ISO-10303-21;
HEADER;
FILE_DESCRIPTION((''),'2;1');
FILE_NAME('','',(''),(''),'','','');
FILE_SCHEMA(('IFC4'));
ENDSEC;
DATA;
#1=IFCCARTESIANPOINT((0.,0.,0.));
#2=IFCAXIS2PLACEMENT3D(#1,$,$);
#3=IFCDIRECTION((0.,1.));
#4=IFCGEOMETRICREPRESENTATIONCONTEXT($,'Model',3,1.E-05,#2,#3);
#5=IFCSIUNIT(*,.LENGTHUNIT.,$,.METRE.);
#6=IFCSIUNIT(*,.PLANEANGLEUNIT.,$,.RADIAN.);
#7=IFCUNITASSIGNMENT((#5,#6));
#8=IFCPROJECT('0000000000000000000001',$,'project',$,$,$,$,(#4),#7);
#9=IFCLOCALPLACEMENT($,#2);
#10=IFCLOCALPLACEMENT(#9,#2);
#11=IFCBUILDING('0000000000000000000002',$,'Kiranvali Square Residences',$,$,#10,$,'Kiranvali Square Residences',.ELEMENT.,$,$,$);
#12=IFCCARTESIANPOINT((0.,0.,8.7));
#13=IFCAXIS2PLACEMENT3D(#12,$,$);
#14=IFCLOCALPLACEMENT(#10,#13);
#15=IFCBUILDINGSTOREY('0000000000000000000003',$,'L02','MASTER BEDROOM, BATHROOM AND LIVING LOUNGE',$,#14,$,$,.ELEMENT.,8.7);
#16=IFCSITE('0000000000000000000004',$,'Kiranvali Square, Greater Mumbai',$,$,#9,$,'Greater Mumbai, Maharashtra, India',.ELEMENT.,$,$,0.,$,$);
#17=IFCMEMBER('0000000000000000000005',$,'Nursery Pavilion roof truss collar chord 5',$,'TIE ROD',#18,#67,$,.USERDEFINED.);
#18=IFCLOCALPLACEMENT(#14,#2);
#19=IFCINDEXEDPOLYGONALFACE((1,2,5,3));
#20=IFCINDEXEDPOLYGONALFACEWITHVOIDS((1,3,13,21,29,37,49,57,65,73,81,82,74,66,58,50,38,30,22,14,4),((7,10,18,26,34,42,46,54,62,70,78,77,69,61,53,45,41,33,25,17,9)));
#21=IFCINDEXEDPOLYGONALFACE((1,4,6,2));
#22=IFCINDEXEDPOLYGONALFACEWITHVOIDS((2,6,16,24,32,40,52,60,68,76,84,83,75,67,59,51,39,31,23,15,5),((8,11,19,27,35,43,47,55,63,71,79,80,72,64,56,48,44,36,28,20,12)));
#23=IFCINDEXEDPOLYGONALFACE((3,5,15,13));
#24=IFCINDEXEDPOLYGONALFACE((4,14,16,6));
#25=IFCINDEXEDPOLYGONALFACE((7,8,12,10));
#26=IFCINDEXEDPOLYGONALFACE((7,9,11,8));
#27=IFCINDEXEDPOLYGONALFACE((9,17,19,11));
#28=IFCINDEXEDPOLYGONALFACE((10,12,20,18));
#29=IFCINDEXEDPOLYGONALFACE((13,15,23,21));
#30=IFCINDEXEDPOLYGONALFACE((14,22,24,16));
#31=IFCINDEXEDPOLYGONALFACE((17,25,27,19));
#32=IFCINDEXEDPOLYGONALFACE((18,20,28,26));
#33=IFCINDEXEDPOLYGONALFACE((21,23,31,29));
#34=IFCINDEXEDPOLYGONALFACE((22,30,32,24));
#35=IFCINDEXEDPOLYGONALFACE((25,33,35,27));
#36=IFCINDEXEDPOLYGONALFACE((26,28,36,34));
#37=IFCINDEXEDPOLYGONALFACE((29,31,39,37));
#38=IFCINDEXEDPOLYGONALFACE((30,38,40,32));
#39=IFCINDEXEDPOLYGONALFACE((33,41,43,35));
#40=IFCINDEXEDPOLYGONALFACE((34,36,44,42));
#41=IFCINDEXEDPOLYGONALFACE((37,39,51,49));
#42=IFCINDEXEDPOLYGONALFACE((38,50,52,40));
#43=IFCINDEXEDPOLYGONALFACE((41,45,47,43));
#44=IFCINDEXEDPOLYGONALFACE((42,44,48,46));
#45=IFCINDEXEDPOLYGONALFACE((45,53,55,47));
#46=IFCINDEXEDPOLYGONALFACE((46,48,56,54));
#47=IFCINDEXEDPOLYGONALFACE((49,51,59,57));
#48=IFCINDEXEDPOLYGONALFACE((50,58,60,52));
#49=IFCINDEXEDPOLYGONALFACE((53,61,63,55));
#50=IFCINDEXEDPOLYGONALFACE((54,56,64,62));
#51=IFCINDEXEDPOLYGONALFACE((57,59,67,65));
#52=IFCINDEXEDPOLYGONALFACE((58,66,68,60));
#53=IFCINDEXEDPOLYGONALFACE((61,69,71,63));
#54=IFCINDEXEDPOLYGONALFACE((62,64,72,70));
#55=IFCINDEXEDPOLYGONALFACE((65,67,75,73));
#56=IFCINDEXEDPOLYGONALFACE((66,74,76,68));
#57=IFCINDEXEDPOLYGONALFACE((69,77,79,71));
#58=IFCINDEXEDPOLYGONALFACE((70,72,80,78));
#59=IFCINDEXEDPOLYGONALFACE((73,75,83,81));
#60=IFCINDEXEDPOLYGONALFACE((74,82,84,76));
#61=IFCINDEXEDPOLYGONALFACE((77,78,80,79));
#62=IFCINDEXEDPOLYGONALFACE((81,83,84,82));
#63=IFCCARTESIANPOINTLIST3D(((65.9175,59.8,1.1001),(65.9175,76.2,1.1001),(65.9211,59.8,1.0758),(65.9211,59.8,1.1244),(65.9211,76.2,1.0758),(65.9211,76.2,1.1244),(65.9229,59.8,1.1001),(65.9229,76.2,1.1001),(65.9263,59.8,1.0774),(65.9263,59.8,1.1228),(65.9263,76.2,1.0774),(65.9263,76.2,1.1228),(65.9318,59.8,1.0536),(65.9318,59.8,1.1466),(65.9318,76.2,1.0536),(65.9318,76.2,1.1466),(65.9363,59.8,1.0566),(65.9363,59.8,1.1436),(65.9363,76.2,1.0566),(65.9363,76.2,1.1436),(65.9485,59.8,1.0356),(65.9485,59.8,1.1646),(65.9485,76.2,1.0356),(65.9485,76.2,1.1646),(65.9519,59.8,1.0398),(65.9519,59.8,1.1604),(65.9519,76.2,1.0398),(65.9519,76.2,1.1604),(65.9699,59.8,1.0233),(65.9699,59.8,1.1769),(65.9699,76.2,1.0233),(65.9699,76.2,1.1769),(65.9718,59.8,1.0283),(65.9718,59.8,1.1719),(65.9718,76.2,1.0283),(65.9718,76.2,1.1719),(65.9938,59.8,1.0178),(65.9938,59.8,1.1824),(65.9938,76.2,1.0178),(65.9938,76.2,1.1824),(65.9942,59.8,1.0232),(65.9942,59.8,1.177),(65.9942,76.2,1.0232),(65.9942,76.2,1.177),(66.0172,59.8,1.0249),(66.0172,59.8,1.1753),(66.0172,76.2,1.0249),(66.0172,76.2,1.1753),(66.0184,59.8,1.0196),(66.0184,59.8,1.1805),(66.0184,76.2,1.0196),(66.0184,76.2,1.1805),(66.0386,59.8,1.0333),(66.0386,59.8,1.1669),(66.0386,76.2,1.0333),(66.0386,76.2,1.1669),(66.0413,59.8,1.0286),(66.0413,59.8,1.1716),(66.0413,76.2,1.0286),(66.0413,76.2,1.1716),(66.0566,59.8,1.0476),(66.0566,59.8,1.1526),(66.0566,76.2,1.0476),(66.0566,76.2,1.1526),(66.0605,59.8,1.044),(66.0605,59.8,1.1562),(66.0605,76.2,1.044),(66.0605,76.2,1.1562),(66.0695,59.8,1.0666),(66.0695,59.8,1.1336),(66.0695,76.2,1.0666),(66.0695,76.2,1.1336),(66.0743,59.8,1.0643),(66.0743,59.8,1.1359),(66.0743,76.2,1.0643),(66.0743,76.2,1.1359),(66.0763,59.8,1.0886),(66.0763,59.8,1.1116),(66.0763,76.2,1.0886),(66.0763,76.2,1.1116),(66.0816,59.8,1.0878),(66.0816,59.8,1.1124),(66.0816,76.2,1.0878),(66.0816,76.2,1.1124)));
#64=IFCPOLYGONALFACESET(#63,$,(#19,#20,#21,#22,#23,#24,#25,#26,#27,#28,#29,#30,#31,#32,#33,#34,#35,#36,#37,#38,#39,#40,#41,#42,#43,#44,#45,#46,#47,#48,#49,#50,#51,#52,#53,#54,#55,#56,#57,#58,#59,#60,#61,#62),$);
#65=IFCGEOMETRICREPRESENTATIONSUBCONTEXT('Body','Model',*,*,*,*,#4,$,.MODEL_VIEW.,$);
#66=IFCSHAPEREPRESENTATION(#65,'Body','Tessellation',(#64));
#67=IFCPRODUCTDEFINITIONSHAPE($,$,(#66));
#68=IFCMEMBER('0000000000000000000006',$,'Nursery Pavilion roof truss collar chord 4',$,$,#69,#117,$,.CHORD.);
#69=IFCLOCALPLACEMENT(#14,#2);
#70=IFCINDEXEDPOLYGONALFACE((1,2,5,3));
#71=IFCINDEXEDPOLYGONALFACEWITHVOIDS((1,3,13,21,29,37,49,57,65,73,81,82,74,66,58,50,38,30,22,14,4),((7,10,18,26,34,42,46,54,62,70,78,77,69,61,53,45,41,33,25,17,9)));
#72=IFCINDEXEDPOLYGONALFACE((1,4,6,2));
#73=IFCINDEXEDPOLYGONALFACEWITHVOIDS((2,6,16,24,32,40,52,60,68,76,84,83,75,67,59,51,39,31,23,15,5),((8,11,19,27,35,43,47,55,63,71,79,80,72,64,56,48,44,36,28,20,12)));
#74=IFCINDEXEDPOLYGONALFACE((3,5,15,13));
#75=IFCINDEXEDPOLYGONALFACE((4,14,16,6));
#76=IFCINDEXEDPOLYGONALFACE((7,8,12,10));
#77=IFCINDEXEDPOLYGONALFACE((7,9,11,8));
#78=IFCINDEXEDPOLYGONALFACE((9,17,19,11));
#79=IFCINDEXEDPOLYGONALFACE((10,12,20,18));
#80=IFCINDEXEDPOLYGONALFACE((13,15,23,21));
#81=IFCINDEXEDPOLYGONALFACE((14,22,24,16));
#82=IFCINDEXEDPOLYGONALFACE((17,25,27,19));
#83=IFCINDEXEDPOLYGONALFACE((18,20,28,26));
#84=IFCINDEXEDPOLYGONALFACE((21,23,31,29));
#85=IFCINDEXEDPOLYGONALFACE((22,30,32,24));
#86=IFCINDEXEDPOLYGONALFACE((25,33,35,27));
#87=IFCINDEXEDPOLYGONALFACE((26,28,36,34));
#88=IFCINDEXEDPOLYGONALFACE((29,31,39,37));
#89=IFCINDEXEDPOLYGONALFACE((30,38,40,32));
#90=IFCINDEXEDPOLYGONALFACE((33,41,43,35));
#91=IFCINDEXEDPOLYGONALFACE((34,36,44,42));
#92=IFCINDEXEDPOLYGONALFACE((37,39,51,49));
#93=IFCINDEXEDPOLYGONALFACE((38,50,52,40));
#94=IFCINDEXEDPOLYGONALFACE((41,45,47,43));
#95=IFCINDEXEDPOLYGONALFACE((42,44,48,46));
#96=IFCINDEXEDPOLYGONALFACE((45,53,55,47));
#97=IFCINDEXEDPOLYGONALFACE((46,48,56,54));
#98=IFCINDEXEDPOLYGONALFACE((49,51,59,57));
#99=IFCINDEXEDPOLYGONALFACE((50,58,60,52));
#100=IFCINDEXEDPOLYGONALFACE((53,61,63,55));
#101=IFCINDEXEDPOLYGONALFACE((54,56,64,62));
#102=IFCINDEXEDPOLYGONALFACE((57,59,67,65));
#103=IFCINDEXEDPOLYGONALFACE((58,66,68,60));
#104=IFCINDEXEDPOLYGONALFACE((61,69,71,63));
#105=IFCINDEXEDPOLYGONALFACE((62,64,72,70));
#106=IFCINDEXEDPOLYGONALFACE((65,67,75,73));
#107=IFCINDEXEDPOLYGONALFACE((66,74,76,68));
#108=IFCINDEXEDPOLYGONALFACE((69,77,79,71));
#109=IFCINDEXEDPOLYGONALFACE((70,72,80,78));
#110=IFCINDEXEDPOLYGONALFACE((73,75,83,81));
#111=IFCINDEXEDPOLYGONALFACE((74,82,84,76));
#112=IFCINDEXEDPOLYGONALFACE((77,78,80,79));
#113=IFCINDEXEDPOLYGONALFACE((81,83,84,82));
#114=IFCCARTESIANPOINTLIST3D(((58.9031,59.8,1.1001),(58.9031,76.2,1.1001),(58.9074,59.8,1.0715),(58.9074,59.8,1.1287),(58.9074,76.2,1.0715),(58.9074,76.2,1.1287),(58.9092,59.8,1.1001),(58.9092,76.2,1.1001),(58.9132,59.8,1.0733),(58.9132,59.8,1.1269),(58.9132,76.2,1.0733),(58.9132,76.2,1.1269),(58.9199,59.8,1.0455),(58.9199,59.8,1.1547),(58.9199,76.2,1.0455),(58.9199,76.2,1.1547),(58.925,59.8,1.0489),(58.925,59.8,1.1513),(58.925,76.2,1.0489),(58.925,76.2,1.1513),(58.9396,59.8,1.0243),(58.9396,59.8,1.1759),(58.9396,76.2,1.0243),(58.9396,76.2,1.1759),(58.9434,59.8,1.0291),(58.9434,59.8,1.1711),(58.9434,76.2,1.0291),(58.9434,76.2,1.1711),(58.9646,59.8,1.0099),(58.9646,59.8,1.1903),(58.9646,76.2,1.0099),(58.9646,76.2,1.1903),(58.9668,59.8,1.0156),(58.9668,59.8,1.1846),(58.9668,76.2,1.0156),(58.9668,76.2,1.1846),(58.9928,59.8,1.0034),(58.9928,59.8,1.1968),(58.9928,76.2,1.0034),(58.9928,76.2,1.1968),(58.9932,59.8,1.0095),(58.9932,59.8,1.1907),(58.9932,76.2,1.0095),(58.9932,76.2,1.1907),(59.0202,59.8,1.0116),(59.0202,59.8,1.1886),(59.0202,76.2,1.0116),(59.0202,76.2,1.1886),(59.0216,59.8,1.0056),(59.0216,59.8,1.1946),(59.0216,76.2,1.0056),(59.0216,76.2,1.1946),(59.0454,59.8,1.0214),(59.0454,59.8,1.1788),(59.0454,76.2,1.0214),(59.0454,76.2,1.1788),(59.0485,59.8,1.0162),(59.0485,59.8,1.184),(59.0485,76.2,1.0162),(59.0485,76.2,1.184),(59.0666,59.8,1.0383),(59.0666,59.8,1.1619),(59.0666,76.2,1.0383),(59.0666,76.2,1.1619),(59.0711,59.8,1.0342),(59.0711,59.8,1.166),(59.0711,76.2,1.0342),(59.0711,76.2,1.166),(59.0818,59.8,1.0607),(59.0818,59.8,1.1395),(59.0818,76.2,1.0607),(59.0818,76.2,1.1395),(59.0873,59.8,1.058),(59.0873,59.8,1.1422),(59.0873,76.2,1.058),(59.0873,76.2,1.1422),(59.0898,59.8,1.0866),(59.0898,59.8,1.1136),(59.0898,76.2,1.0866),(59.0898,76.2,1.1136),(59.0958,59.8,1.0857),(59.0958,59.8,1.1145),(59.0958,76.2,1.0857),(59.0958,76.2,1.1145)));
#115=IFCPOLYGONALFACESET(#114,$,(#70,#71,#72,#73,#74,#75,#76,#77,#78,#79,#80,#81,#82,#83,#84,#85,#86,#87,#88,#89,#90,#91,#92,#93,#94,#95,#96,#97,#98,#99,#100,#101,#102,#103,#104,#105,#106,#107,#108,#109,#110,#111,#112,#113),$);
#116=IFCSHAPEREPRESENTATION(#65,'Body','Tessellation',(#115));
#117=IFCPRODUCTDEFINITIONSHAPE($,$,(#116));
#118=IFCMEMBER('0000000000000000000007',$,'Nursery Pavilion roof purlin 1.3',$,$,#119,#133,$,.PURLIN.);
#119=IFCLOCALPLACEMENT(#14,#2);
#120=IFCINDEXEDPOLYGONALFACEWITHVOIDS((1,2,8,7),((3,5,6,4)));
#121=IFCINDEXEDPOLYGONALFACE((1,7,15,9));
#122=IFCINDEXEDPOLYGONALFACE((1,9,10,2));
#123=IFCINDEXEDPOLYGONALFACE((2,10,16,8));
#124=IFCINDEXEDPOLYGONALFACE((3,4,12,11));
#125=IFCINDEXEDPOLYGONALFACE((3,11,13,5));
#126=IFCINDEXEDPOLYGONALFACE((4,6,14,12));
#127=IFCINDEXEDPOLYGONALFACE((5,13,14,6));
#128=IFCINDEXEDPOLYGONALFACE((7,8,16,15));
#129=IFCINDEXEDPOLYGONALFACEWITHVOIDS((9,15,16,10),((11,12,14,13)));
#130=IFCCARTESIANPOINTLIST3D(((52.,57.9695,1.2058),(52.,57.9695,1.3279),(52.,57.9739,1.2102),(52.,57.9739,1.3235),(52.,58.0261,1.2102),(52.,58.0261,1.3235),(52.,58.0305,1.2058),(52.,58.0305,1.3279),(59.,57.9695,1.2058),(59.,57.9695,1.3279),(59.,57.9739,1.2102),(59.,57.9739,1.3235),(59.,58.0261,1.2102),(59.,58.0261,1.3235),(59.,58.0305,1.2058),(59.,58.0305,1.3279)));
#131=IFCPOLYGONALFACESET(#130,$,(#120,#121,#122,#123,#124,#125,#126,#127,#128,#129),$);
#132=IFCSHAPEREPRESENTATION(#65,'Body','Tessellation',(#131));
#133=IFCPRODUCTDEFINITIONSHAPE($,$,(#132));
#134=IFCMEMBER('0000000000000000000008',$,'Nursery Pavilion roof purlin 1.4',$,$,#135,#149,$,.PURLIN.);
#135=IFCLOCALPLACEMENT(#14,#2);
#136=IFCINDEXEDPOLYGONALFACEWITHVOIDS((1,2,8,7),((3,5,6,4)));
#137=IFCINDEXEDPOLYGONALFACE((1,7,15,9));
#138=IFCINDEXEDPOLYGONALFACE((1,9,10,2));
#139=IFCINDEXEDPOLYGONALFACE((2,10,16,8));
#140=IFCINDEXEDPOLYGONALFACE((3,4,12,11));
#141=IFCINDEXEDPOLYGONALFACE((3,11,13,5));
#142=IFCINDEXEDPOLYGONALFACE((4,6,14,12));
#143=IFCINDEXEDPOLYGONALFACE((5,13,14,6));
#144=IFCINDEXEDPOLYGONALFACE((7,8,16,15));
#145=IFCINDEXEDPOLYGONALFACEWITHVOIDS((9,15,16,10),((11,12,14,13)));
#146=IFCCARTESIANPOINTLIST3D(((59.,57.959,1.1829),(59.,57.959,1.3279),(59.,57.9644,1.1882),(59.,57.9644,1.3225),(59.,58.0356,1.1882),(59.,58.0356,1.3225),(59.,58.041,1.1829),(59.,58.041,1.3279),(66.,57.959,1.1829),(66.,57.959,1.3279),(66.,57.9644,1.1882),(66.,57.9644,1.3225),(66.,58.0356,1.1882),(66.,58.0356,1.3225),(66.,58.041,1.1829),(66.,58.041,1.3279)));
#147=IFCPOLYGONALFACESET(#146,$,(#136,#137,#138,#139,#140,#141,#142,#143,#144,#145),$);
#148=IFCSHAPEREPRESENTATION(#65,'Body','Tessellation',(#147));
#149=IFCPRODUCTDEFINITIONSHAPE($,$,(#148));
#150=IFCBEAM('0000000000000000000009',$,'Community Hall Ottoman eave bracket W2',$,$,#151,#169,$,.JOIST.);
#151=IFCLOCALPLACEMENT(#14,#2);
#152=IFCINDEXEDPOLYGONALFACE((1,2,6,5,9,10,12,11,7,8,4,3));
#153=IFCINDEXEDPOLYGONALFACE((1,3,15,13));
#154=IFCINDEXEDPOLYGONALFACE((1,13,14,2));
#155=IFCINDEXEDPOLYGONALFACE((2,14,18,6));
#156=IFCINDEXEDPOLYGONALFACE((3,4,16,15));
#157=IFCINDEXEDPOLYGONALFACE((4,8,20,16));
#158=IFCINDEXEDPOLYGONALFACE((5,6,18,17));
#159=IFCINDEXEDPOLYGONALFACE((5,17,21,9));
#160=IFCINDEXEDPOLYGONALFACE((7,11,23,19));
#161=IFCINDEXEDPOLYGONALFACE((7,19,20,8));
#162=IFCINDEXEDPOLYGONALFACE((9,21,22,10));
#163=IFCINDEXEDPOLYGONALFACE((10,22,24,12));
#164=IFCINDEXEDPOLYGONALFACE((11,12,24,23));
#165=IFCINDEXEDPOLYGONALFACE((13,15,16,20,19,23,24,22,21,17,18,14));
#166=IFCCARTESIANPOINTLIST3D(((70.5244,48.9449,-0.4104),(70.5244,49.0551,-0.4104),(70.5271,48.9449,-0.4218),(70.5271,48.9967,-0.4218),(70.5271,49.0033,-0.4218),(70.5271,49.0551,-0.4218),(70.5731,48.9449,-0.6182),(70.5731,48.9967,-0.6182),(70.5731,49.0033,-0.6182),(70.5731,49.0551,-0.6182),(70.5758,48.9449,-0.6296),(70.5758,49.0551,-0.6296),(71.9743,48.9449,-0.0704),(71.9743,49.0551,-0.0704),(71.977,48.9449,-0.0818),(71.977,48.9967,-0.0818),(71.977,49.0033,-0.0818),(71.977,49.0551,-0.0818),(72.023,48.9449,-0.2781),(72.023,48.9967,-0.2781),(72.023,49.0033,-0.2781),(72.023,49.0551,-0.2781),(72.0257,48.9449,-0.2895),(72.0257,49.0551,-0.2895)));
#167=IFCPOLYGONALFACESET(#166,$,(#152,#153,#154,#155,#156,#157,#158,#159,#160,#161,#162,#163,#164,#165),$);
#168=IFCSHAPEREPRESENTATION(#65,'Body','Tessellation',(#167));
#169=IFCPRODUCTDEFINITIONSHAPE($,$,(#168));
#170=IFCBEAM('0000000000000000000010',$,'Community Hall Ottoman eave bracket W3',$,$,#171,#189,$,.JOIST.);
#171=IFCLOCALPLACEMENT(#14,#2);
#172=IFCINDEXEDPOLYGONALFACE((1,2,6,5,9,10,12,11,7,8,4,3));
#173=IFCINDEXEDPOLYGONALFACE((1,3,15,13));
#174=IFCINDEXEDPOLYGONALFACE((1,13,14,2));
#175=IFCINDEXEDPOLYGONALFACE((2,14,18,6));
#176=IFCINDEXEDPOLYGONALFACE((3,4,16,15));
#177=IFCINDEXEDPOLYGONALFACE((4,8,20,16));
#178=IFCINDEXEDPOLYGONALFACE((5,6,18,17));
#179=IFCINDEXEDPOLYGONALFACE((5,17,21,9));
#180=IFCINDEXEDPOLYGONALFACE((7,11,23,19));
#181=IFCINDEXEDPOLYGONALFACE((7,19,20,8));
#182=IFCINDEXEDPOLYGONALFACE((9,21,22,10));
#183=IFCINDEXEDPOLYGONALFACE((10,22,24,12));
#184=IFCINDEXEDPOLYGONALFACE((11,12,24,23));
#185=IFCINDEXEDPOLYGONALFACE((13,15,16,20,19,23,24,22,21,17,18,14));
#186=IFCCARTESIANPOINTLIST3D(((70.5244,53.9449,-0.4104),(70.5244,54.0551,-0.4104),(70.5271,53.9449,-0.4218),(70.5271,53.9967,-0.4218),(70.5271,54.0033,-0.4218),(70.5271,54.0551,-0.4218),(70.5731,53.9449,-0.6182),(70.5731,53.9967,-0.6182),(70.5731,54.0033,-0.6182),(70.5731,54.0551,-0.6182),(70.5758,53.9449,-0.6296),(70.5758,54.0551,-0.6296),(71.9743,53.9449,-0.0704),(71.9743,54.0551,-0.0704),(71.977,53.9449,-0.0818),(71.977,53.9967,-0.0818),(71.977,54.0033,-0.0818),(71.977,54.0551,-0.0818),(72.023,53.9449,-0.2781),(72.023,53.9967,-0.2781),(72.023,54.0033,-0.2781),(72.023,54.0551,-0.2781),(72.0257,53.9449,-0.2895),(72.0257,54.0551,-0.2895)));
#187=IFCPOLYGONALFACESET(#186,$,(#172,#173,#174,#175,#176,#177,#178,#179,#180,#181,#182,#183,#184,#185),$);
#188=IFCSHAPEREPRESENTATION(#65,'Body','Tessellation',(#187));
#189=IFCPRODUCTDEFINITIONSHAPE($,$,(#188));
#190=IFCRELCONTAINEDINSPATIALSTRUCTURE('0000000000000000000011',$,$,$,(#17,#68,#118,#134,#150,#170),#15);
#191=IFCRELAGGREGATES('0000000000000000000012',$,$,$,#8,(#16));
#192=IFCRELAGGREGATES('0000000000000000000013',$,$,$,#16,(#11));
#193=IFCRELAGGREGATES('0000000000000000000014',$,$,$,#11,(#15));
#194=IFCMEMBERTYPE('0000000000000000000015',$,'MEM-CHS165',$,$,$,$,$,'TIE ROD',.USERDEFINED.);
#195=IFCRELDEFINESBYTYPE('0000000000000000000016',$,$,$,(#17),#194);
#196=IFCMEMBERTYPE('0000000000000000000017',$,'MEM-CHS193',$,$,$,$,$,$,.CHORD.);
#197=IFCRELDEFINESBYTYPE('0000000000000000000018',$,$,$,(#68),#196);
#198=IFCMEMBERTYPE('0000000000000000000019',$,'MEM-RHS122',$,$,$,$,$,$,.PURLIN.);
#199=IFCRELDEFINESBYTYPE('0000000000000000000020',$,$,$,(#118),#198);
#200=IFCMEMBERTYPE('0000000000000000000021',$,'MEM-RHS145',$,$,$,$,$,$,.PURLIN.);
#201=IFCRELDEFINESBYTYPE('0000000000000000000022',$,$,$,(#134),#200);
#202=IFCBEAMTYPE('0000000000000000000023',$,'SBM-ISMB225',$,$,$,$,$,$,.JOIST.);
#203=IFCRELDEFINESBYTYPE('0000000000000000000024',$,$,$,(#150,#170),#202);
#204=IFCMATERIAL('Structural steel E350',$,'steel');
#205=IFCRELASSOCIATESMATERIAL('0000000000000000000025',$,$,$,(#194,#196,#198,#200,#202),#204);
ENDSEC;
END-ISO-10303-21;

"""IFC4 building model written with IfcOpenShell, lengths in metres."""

from ifc_helpers import new_model, si_unit, direction, frame, origin, origin_2d, place, context, subcontext, project, spatial, hollow_rectangle, hollow_circle, i_section, extrude, material, material_profile, profile_set, type_object, element, save


model = new_model("IFC4")

# Units and contexts
model_context = context("Model", 3, precision=1e-05, world=origin(), true_north=direction((0.0, 1.0)))
body_context = subcontext(model_context, "Body", "Model", "MODEL_VIEW")
ifc_project = project(units=[si_unit("LENGTHUNIT", "METRE"), si_unit("PLANEANGLEUNIT", "RADIAN")], contexts=[model_context])

# Site, building, storey
site_placement = place(None, origin())
site = spatial("IfcSite", under=ifc_project, at=site_placement, Name="Kiranvali Square, Greater Mumbai", LongName="Greater Mumbai, Maharashtra, India", CompositionType="ELEMENT", RefElevation=0.0)
building_placement = place(site_placement, origin())
building = spatial("IfcBuilding", under=site, at=building_placement, Name="Kiranvali Square Residences", LongName="Kiranvali Square Residences", CompositionType="ELEMENT")
storey_placement = place(building_placement, frame((0.0, 0.0, 8.7)))
storey = spatial("IfcBuildingStorey", under=building, at=storey_placement, Name="L02", Description="MASTER BEDROOM, BATHROOM AND LIVING LOUNGE", CompositionType="ELEMENT", Elevation=8.7)

# Members
ifc_material_1 = material(Name="Structural steel E350", Category="steel")
ifc_material_profile_1 = material_profile(ifc_material_1, hollow_circle(Radius=0.0825, WallThickness=0.0054, at=origin_2d()), Name="CHS 165.1x5.4")
ifc_profile_set_1 = profile_set([ifc_material_profile_1], Name="Structural steel E350")
member_type_1 = type_object("IfcMemberType", Name="MEM-CHS165", ElementType="TIE ROD", PredefinedType="USERDEFINED", material=ifc_profile_set_1)
member_1_placement = place(storey_placement, frame((66.0, 59.8, 1.1001), z_axis=(0.0, 1.0, 0.0), x_axis=(-1.0, 0.0, 0.0)))
element("IfcMember", 1, at=member_1_placement, inside=storey, type_object=member_type_1, Name="Nursery Pavilion roof truss collar chord 5", ObjectType="TIE ROD", PredefinedType="USERDEFINED", context=body_context, shape_type="SweptSolid", body=[
    extrude(hollow_circle(Radius=0.0825, WallThickness=0.0054, at=origin_2d()), origin(), (0.0, 0.0, 1.0), 16.3999),
])
ifc_material_profile_2 = material_profile(ifc_material_1, hollow_circle(Radius=0.0969, WallThickness=0.0061, at=origin_2d()), Name="CHS 193.7x6.0")
ifc_profile_set_2 = profile_set([ifc_material_profile_2], Name="Structural steel E350")
member_type_2 = type_object("IfcMemberType", Name="MEM-CHS193", PredefinedType="CHORD", material=ifc_profile_set_2)
member_2_placement = place(storey_placement, frame((59.0, 59.8, 1.1001), z_axis=(0.0, 1.0, 0.0), x_axis=(-1.0, 0.0, 0.0)))
element("IfcMember", 2, at=member_2_placement, inside=storey, type_object=member_type_2, Name="Nursery Pavilion roof truss collar chord 4", PredefinedType="CHORD", context=body_context, shape_type="SweptSolid", body=[
    extrude(hollow_circle(Radius=0.0969, WallThickness=0.0061, at=origin_2d()), origin(), (0.0, 0.0, 1.0), 16.3999),
])
ifc_material_profile_3 = material_profile(ifc_material_1, hollow_rectangle(XDim=0.061, YDim=0.1221, WallThickness=0.0044, at=origin_2d()), Name="RHS 122x61x4.5")
ifc_profile_set_3 = profile_set([ifc_material_profile_3], Name="Structural steel E350")
member_type_3 = type_object("IfcMemberType", Name="MEM-RHS122", PredefinedType="PURLIN", material=ifc_profile_set_3)
member_3_placement = place(storey_placement, frame((52.0, 58.0, 1.2668), z_axis=(1.0, 0.0, 0.0), x_axis=(0.0, 1.0, 0.0)))
element("IfcMember", 3, at=member_3_placement, inside=storey, type_object=member_type_3, Name="Nursery Pavilion roof purlin 1.3", PredefinedType="PURLIN", context=body_context, shape_type="SweptSolid", body=[
    extrude(hollow_rectangle(XDim=0.061, YDim=0.1221, WallThickness=0.0044, at=origin_2d()), origin(), (0.0, 0.0, 1.0), 7.0),
])
ifc_material_profile_4 = material_profile(ifc_material_1, hollow_rectangle(XDim=0.082, YDim=0.145, WallThickness=0.0054, at=origin_2d()), Name="RHS 145x82x5.4")
ifc_profile_set_4 = profile_set([ifc_material_profile_4], Name="Structural steel E350")
member_type_4 = type_object("IfcMemberType", Name="MEM-RHS145", PredefinedType="PURLIN", material=ifc_profile_set_4)
member_4_placement = place(storey_placement, frame((59.0, 58.0, 1.2554), z_axis=(1.0, 0.0, 0.0), x_axis=(0.0, 1.0, 0.0)))
element("IfcMember", 4, at=member_4_placement, inside=storey, type_object=member_type_4, Name="Nursery Pavilion roof purlin 1.4", PredefinedType="PURLIN", context=body_context, shape_type="SweptSolid", body=[
    extrude(hollow_rectangle(XDim=0.082, YDim=0.145, WallThickness=0.0054, at=origin_2d()), origin(), (0.0, 0.0, 1.0), 7.0),
])

# Beams
ifc_material_profile_5 = material_profile(ifc_material_1, i_section(OverallWidth=0.1101, OverallDepth=0.2251, WebThickness=0.0066, FlangeThickness=0.0117, at=origin_2d()), Name="ISMB 225")
ifc_profile_set_5 = profile_set([ifc_material_profile_5], Name="Structural steel E350")
beam_type_1 = type_object("IfcBeamType", Name="SBM-ISMB225", PredefinedType="JOIST", material=ifc_profile_set_5)
for number, where, z_axis, x_axis, name in (
    (5, (72.0, 49.0, -0.1799), (-0.973578, 0.0, -0.228354), (0.0, -1.0, 0.0), "Community Hall Ottoman eave bracket W2"),
    (6, (72.0, 54.0, -0.1799), (-0.973578, 0.0, -0.228354), (0.0, -1.0, 0.0), "Community Hall Ottoman eave bracket W3"),
):
    element("IfcBeam", number, at=place(storey_placement, frame(where, z_axis=z_axis, x_axis=x_axis)), inside=storey, type_object=beam_type_1, Name=name, PredefinedType="JOIST", context=body_context, shape_type="SweptSolid", body=[
        extrude(i_section(OverallWidth=0.1101, OverallDepth=0.2251, WebThickness=0.0066, FlangeThickness=0.0117, at=origin_2d()), origin(), (0.0, 0.0, 1.0), 1.4893),
    ])

save(model, "model.ifc")
